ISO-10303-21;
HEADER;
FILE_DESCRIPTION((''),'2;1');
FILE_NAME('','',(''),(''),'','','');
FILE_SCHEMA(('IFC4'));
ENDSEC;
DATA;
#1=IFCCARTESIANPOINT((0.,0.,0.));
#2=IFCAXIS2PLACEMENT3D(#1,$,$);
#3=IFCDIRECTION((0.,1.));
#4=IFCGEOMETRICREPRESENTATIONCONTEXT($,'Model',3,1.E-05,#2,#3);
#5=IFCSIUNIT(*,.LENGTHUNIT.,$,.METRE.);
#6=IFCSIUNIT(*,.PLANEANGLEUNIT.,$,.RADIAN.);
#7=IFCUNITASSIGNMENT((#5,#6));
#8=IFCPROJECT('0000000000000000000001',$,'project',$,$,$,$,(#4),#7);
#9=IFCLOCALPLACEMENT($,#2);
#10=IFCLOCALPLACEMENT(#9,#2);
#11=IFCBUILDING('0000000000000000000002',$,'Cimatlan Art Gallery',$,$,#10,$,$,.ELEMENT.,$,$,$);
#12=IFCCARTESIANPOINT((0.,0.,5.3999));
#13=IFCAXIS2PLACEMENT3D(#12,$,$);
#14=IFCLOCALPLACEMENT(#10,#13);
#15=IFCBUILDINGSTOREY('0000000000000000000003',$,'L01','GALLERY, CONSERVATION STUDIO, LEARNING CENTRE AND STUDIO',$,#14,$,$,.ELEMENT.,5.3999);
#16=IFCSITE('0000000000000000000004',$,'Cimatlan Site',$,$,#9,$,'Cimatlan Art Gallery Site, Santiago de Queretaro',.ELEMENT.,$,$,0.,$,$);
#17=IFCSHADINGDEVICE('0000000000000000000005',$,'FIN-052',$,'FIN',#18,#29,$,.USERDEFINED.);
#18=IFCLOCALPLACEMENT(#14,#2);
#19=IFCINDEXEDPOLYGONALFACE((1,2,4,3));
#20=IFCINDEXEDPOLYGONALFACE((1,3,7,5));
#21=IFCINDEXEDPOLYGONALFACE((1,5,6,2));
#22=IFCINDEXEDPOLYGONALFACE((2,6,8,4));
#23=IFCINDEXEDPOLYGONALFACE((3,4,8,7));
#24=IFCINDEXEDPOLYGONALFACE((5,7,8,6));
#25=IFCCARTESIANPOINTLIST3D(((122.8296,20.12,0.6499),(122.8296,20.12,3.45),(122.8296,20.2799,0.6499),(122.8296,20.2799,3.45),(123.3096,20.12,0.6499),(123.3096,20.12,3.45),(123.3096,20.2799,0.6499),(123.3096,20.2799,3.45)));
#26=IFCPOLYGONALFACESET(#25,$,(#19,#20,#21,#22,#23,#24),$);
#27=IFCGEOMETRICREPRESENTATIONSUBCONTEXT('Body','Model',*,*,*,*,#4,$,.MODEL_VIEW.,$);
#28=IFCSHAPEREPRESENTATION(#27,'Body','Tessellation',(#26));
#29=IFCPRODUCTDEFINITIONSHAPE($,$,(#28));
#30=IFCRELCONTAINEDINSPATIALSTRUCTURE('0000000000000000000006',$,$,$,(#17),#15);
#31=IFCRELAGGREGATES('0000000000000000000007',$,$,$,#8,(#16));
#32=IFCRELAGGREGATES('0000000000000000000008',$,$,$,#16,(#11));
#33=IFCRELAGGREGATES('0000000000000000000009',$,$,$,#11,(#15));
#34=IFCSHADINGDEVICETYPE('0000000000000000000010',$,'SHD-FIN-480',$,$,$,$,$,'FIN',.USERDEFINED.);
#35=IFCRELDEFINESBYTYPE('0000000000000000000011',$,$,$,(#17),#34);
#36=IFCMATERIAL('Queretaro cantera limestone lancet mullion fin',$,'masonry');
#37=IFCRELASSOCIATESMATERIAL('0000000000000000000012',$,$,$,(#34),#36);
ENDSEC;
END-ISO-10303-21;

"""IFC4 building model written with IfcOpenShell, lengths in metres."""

from ifc_helpers import new_model, si_unit, direction, frame, origin, origin_2d, place, context, subcontext, project, spatial, rectangle, extrude, material, type_object, element, save


model = new_model("IFC4")

# Units and contexts
model_context = context("Model", 3, precision=1e-05, world=origin(), true_north=direction((0.0, 1.0)))
body_context = subcontext(model_context, "Body", "Model", "MODEL_VIEW")
ifc_project = project(units=[si_unit("LENGTHUNIT", "METRE"), si_unit("PLANEANGLEUNIT", "RADIAN")], contexts=[model_context])

# Site, building, storey
site_placement = place(None, origin())
site = spatial("IfcSite", under=ifc_project, at=site_placement, Name="Cimatlan Site", LongName="Cimatlan Art Gallery Site, Santiago de Queretaro", CompositionType="ELEMENT", RefElevation=0.0)
building_placement = place(site_placement, origin())
building = spatial("IfcBuilding", under=site, at=building_placement, Name="Cimatlan Art Gallery", CompositionType="ELEMENT")
storey_placement = place(building_placement, frame((0.0, 0.0, 5.3999)))
storey = spatial("IfcBuildingStorey", under=building, at=storey_placement, Name="L01", Description="GALLERY, CONSERVATION STUDIO, LEARNING CENTRE AND STUDIO", CompositionType="ELEMENT", Elevation=5.3999)

# Shading device
ifc_material_1 = material(Name="Queretaro cantera limestone lancet mullion fin", Category="masonry")
shading_device_type_1 = type_object("IfcShadingDeviceType", Name="SHD-FIN-480", ElementType="FIN", PredefinedType="USERDEFINED", material=ifc_material_1)
for number, where, z_axis, x_axis, name in (
    (1, (123.0696, 20.2, 0.6499), (0.0, 0.0, 1.0), (0.0, 1.0, 0.0), "FIN-052"),
):
    element("IfcShadingDevice", number, at=place(storey_placement, frame(where, z_axis=z_axis, x_axis=x_axis)), inside=storey, type_object=shading_device_type_1, Name=name, ObjectType="FIN", PredefinedType="USERDEFINED", context=body_context, shape_type="SweptSolid", body=[
        extrude(rectangle(XDim=0.1599, YDim=0.48, at=origin_2d()), origin(), (0.0, 0.0, 1.0), 2.8),
    ])

save(model, "model.ifc")
